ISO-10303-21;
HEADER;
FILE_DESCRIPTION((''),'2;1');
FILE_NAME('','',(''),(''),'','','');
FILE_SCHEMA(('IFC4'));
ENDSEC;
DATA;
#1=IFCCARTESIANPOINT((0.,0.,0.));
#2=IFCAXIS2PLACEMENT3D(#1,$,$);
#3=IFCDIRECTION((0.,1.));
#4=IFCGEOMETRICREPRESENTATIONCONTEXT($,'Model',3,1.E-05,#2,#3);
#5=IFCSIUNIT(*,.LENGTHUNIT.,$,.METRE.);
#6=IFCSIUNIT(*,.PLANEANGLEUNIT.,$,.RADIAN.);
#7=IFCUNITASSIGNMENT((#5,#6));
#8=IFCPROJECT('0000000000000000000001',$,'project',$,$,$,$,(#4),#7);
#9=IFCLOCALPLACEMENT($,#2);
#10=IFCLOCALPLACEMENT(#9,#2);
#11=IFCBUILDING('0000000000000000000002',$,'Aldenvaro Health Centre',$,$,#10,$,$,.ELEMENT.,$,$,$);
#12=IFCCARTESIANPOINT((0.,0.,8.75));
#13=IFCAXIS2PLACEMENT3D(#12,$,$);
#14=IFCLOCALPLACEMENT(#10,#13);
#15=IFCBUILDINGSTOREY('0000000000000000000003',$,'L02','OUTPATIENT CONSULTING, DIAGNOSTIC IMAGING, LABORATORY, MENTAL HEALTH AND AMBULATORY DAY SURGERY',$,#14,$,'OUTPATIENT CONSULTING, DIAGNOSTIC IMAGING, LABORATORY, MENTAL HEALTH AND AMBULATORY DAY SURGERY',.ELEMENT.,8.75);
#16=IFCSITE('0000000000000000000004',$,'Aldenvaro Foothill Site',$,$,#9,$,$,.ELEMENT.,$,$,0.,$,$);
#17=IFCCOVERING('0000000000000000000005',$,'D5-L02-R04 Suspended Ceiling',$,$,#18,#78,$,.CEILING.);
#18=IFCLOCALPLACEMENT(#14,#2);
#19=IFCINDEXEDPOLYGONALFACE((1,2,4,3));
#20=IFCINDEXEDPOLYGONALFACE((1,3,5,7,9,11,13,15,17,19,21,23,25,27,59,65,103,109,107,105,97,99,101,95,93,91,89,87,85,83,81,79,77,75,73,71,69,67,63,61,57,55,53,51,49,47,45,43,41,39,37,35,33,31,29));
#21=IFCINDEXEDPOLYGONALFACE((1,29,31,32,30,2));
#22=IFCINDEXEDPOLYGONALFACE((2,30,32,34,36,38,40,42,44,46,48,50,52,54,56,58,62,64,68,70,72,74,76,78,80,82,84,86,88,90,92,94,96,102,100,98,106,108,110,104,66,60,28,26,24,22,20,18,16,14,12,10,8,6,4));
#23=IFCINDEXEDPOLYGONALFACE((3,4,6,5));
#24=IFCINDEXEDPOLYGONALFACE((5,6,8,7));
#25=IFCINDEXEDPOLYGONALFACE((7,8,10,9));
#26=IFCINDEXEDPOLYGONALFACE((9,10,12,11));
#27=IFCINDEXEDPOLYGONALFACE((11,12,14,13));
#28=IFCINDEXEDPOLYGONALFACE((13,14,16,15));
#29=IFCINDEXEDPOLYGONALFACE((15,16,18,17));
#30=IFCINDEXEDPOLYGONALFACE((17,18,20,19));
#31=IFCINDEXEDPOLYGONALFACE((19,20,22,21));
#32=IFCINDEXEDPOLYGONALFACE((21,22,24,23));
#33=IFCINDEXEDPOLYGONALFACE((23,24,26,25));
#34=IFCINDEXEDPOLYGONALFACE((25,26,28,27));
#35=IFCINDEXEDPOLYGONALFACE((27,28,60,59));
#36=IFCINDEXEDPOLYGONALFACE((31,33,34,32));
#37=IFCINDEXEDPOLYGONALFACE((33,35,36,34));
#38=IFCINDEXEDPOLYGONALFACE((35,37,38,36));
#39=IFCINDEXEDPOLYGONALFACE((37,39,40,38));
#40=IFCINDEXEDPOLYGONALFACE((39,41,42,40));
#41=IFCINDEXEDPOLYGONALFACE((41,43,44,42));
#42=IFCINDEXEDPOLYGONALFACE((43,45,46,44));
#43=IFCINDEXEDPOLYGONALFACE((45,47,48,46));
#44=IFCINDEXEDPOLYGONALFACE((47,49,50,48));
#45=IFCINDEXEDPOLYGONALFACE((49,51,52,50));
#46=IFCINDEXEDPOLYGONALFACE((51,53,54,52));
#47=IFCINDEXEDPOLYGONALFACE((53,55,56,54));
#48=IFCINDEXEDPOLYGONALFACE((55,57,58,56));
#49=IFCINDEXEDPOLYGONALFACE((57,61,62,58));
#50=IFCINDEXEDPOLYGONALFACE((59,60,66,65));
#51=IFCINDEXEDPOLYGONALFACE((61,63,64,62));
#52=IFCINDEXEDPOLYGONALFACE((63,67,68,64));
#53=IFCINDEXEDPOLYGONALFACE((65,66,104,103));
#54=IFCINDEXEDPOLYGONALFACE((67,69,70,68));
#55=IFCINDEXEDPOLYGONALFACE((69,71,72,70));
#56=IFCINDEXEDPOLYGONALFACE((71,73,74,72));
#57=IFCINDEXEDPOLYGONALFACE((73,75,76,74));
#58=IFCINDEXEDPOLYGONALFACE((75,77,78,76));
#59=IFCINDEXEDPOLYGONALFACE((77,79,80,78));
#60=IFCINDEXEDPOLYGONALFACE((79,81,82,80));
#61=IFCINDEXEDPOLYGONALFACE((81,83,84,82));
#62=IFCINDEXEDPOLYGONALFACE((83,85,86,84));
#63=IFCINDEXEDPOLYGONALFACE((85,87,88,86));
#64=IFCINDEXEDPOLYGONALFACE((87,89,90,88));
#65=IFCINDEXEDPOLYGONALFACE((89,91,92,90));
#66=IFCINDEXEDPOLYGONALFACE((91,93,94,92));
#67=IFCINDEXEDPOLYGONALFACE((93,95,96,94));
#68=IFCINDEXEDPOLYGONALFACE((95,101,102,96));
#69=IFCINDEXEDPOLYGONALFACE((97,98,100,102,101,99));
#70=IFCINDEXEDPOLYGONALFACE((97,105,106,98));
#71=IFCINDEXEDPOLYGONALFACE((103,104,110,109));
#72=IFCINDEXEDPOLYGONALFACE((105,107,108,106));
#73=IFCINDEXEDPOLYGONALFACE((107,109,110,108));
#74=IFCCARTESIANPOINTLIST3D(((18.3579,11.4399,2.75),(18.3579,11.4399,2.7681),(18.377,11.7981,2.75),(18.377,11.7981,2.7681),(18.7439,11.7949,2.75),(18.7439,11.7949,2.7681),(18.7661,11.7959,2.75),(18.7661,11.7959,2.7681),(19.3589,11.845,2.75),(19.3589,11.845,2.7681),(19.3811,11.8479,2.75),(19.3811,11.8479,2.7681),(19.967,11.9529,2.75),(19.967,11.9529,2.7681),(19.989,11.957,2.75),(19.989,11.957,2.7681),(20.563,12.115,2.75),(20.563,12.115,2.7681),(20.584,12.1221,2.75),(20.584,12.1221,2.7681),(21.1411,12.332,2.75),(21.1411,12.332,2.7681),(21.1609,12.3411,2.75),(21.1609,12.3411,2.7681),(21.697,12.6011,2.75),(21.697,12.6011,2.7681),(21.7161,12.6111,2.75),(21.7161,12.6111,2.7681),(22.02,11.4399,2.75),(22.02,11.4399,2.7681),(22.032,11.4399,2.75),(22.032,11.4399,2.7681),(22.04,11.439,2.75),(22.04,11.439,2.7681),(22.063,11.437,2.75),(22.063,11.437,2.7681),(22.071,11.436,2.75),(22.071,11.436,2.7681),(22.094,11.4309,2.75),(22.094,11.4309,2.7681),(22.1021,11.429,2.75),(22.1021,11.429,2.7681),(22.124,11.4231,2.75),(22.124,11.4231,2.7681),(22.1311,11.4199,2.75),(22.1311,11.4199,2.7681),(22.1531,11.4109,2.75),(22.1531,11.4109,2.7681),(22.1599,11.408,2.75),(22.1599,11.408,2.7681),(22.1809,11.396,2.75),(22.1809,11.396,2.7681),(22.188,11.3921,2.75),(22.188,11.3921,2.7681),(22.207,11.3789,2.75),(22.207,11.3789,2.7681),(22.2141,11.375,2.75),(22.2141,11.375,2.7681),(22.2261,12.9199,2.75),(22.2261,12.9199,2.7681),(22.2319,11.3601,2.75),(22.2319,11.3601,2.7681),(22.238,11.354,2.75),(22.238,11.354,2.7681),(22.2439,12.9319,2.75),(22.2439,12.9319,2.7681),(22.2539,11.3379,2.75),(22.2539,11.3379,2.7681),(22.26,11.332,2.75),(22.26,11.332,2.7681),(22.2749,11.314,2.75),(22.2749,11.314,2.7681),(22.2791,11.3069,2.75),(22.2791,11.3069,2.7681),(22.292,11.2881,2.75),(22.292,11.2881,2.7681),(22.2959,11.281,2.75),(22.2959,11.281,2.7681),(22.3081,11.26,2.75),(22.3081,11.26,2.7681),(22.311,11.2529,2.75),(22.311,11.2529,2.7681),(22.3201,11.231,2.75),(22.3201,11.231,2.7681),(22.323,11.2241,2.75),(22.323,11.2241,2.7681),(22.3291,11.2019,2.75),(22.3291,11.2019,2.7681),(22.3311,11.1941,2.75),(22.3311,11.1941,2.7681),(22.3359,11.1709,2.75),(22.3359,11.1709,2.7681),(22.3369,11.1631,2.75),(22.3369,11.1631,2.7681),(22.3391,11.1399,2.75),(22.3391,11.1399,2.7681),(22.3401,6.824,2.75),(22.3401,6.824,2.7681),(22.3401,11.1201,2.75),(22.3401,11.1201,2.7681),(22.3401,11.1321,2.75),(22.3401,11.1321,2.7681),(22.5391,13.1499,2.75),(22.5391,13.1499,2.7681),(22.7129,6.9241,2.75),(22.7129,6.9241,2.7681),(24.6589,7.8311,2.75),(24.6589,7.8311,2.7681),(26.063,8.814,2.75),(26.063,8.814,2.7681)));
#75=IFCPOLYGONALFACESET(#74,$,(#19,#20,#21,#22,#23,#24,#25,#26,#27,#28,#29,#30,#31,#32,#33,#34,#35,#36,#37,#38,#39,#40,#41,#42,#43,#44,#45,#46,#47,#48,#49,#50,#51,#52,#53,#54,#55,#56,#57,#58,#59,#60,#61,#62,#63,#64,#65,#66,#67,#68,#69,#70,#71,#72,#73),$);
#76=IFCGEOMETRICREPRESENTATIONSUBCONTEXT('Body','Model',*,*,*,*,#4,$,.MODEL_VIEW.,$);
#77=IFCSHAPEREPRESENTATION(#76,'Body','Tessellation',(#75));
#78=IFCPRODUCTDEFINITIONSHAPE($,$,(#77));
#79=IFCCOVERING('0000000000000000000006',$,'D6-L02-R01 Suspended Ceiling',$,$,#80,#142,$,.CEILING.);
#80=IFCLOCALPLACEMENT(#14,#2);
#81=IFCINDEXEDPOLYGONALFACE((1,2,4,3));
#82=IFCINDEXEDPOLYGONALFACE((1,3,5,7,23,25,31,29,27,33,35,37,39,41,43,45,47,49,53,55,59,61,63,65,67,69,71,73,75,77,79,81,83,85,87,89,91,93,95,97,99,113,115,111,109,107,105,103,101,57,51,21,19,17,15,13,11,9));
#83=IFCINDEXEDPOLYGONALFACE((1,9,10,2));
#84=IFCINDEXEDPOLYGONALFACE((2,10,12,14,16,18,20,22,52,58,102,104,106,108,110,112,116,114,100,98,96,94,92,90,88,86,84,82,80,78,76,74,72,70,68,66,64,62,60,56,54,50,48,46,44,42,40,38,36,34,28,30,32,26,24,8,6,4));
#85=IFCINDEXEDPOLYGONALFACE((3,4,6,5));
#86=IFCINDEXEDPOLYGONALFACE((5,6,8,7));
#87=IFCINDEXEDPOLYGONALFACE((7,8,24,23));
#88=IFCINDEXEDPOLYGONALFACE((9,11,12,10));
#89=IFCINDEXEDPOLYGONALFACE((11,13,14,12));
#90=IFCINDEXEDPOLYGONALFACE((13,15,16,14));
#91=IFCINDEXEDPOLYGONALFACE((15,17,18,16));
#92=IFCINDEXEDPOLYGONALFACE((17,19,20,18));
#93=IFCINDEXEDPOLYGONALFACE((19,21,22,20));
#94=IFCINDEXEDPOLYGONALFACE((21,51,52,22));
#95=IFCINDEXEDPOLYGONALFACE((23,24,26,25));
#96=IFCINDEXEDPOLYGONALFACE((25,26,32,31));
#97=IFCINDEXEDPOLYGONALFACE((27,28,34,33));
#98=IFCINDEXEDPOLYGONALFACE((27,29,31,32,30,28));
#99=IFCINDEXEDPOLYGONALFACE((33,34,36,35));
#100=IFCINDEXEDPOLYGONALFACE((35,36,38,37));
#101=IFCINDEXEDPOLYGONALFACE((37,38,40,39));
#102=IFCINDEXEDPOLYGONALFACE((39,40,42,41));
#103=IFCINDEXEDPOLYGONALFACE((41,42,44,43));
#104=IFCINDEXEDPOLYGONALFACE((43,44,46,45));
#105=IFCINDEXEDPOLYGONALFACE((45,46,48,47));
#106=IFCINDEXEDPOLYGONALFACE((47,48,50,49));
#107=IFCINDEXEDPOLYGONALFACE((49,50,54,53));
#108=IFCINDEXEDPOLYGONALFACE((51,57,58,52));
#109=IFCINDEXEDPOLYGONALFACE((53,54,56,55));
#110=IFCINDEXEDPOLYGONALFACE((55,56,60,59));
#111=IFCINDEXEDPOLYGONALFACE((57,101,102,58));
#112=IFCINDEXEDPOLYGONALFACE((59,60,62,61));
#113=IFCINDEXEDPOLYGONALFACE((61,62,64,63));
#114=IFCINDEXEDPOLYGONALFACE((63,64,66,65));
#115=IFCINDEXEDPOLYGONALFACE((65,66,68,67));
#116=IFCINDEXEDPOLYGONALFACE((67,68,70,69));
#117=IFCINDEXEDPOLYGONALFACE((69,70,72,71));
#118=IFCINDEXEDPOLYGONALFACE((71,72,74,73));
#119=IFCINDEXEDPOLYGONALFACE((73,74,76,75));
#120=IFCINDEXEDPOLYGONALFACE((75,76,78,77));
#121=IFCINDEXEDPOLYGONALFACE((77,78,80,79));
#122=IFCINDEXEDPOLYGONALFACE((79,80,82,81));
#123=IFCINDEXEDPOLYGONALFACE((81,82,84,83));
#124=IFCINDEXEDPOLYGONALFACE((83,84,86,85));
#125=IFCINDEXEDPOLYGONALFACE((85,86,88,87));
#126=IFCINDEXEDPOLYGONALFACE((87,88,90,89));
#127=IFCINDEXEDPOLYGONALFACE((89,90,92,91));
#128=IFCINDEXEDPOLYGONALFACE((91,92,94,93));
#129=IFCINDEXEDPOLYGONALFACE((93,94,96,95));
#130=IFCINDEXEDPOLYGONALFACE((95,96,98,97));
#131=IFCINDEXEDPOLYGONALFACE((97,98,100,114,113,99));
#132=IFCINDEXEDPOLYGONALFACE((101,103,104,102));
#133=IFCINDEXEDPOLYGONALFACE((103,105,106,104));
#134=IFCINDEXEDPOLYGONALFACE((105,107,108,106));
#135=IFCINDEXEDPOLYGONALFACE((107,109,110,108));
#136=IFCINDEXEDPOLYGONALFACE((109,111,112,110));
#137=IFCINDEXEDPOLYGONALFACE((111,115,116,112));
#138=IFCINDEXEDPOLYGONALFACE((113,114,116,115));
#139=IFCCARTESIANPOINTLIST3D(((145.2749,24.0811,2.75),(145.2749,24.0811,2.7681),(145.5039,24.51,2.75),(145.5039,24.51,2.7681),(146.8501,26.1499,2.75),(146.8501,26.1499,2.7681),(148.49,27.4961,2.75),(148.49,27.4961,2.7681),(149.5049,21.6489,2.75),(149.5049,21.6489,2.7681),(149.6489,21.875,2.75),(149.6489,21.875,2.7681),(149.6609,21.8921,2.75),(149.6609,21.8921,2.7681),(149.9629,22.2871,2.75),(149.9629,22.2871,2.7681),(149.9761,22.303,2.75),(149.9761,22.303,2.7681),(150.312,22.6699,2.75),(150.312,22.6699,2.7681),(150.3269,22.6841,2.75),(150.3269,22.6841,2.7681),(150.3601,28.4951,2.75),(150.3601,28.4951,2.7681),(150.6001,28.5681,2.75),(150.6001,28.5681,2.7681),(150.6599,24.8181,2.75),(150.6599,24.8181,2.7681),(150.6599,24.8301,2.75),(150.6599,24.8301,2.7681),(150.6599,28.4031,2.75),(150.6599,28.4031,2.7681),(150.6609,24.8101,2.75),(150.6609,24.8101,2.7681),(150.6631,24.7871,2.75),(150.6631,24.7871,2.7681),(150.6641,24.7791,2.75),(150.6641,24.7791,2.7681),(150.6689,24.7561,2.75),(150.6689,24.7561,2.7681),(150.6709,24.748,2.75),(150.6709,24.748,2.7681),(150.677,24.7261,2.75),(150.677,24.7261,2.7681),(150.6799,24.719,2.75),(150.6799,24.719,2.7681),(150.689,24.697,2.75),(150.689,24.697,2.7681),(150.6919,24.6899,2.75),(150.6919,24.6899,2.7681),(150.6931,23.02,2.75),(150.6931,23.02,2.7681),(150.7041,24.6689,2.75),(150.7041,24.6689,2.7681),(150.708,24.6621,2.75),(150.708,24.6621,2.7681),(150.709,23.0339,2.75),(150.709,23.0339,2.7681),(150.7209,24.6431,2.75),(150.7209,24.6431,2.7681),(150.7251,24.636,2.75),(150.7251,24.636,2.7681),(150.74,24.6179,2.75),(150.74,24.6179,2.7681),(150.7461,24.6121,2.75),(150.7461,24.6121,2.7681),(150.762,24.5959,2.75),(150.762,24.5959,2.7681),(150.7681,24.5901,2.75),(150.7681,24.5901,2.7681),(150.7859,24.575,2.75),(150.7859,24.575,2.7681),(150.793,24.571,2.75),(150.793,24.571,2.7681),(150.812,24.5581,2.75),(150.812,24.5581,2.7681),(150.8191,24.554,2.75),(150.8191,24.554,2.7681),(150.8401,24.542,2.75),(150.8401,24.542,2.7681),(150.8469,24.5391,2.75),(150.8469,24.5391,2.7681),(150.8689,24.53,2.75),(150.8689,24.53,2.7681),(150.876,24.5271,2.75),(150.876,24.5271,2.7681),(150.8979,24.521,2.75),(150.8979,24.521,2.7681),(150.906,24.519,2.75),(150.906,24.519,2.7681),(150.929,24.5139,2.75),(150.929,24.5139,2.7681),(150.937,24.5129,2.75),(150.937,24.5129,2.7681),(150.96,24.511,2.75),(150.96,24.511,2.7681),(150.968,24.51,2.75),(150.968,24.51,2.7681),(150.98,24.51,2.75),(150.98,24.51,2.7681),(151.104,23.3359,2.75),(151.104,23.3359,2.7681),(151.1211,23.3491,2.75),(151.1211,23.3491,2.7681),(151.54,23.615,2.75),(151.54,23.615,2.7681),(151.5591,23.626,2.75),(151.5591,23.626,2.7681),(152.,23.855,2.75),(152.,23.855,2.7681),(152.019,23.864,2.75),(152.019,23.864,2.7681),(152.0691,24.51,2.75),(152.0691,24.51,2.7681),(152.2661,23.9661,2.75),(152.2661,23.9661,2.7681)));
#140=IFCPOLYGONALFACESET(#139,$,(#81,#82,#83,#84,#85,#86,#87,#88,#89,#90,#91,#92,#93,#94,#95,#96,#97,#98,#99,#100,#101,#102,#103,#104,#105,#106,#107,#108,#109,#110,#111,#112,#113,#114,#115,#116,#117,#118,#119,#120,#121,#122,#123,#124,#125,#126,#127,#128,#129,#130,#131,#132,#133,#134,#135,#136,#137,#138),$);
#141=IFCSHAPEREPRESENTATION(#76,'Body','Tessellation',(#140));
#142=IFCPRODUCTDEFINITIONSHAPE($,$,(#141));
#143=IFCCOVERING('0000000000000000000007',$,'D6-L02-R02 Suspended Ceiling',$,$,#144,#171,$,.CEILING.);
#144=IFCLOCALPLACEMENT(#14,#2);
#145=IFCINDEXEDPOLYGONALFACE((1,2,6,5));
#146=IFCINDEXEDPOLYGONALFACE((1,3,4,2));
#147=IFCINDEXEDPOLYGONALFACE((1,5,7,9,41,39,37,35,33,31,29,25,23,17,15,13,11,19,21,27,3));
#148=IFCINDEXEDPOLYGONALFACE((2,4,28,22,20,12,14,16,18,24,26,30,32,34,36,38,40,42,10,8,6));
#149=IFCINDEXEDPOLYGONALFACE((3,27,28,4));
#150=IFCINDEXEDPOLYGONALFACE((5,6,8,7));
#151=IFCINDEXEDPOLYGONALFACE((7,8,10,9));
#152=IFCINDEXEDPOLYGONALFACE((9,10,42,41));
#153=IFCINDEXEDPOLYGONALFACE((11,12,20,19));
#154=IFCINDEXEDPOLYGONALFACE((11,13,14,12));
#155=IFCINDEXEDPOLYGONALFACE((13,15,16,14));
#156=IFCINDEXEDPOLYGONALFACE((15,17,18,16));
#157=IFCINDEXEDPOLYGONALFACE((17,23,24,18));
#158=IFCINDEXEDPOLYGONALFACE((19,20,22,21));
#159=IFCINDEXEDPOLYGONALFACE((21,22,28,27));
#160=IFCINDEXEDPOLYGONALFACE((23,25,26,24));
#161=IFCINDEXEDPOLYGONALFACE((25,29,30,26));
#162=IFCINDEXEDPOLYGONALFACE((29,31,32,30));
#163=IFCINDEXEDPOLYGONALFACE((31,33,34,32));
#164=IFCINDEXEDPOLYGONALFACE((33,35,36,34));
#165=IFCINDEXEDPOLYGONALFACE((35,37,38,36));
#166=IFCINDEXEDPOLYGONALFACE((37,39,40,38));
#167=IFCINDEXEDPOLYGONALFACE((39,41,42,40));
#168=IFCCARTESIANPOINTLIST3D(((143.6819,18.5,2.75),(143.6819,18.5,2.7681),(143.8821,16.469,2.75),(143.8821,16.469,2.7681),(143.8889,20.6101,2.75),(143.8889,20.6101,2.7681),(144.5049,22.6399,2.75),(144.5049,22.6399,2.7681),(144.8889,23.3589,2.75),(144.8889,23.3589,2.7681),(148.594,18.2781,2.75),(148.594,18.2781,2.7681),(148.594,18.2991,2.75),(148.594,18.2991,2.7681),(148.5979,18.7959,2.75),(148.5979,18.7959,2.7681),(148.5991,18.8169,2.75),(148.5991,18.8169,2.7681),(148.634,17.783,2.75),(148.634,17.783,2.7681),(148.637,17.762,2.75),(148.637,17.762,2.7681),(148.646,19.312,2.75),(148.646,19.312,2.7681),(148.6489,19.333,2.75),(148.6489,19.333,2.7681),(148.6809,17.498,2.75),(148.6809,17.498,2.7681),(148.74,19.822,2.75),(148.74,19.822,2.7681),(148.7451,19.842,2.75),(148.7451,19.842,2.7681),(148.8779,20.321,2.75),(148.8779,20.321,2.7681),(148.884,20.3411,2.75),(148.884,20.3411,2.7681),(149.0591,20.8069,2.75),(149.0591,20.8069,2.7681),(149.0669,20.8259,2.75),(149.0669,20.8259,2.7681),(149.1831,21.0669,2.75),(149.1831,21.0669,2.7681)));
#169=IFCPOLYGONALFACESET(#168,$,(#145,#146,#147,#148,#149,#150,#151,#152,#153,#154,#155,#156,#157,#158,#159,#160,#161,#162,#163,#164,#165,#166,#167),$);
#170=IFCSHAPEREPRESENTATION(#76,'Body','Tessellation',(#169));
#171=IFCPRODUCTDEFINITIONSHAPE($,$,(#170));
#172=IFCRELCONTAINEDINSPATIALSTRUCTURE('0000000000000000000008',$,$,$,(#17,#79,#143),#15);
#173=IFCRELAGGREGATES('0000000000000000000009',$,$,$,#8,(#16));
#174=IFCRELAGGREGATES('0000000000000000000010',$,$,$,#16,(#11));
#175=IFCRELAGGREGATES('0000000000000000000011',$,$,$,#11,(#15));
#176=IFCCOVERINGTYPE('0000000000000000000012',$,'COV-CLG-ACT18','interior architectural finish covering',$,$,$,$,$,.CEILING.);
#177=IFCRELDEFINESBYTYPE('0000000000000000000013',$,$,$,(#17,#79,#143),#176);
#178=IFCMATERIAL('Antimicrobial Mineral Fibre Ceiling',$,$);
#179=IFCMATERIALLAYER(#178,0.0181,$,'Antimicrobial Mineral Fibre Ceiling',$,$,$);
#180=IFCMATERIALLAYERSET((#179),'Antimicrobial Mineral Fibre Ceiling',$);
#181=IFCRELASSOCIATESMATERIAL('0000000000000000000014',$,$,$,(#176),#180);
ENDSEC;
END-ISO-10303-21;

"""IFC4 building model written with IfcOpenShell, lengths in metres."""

from ifc_helpers import new_model, si_unit, direction, frame, origin, place, context, subcontext, project, spatial, polyline, outline, extrude, material, layer, layer_set, type_object, element, save


model = new_model("IFC4")

# Units and contexts
model_context = context("Model", 3, precision=1e-05, world=origin(), true_north=direction((0.0, 1.0)))
body_context = subcontext(model_context, "Body", "Model", "MODEL_VIEW")
ifc_project = project(units=[si_unit("LENGTHUNIT", "METRE"), si_unit("PLANEANGLEUNIT", "RADIAN")], contexts=[model_context])

# Site, building, storey
site_placement = place(None, origin())
site = spatial("IfcSite", under=ifc_project, at=site_placement, Name="Aldenvaro Foothill Site", CompositionType="ELEMENT", RefElevation=0.0)
building_placement = place(site_placement, origin())
building = spatial("IfcBuilding", under=site, at=building_placement, Name="Aldenvaro Health Centre", CompositionType="ELEMENT")
storey_placement = place(building_placement, frame((0.0, 0.0, 8.75)))
storey = spatial("IfcBuildingStorey", under=building, at=storey_placement, Name="L02", Description="OUTPATIENT CONSULTING, DIAGNOSTIC IMAGING, LABORATORY, MENTAL HEALTH AND AMBULATORY DAY SURGERY", LongName="OUTPATIENT CONSULTING, DIAGNOSTIC IMAGING, LABORATORY, MENTAL HEALTH AND AMBULATORY DAY SURGERY", CompositionType="ELEMENT", Elevation=8.75)

# Coverings
ifc_material_1 = material(Name="Antimicrobial Mineral Fibre Ceiling")
ifc_layer_1 = layer(ifc_material_1, 0.0181, Name="Antimicrobial Mineral Fibre Ceiling")
ifc_layer_set_1 = layer_set([ifc_layer_1], Name="Antimicrobial Mineral Fibre Ceiling")
covering_type_1 = type_object("IfcCoveringType", Name="COV-CLG-ACT18", Description="interior architectural finish covering", PredefinedType="CEILING", material=ifc_layer_set_1)
covering_1_placement = place(storey_placement, frame((0.0, 0.0, 2.75)))
element("IfcCovering", 1, at=covering_1_placement, inside=storey, type_object=covering_type_1, Name="D5-L02-R04 Suspended Ceiling", PredefinedType="CEILING", context=body_context, shape_type="SweptSolid", body=[
    extrude(outline(polyline([(18.7439, 11.7949), (18.7661, 11.7959), (19.3589, 11.845), (19.3811, 11.8479), (19.967, 11.9529), (19.989, 11.957), (20.563, 12.115), (20.584, 12.1221), (21.1411, 12.332), (21.1609, 12.3411), (21.697, 12.6011), (21.7161, 12.6111), (22.2261, 12.9199), (22.2439, 12.9319), (22.5391, 13.1499), (26.063, 8.814), (24.6589, 7.8311), (22.7129, 6.9241), (22.3401, 6.824), (22.3401, 11.1201), (22.3401, 11.1321), (22.3391, 11.1399), (22.3369, 11.1631), (22.3359, 11.1709), (22.3311, 11.1941), (22.3291, 11.2019), (22.323, 11.2241), (22.3201, 11.231), (22.311, 11.2529), (22.3081, 11.26), (22.2959, 11.281), (22.292, 11.2881), (22.2791, 11.3069), (22.2749, 11.314), (22.26, 11.332), (22.2539, 11.3379), (22.238, 11.354), (22.2319, 11.3601), (22.2141, 11.375), (22.207, 11.3789), (22.188, 11.3921), (22.1809, 11.396), (22.1599, 11.408), (22.1531, 11.4109), (22.1311, 11.4199), (22.124, 11.4231), (22.1021, 11.429), (22.094, 11.4309), (22.071, 11.436), (22.063, 11.437), (22.04, 11.439), (22.032, 11.4399), (22.02, 11.4399), (18.3579, 11.4399), (18.377, 11.7981), (18.7439, 11.7949)])), origin(), (0.0, 0.0, 1.0), 0.0181),
])
covering_2_placement = place(storey_placement, frame((0.0, 0.0, 2.75)))
element("IfcCovering", 2, at=covering_2_placement, inside=storey, type_object=covering_type_1, Name="D6-L02-R01 Suspended Ceiling", PredefinedType="CEILING", context=body_context, shape_type="SweptSolid", body=[
    extrude(outline(polyline([(152.019, 23.864), (152.0, 23.855), (151.5591, 23.626), (151.54, 23.615), (151.1211, 23.3491), (151.104, 23.3359), (150.709, 23.0339), (150.6931, 23.02), (150.3269, 22.6841), (150.312, 22.6699), (149.9761, 22.303), (149.9629, 22.2871), (149.6609, 21.8921), (149.6489, 21.875), (149.5049, 21.6489), (145.2749, 24.0811), (145.5039, 24.51), (146.8501, 26.1499), (148.49, 27.4961), (150.3601, 28.4951), (150.6001, 28.5681), (150.6599, 28.4031), (150.6599, 24.8301), (150.6599, 24.8181), (150.6609, 24.8101), (150.6631, 24.7871), (150.6641, 24.7791), (150.6689, 24.7561), (150.6709, 24.748), (150.677, 24.7261), (150.6799, 24.719), (150.689, 24.697), (150.6919, 24.6899), (150.7041, 24.6689), (150.708, 24.6621), (150.7209, 24.6431), (150.7251, 24.636), (150.74, 24.6179), (150.7461, 24.6121), (150.762, 24.5959), (150.7681, 24.5901), (150.7859, 24.575), (150.793, 24.571), (150.812, 24.5581), (150.8191, 24.554), (150.8401, 24.542), (150.8469, 24.5391), (150.8689, 24.53), (150.876, 24.5271), (150.8979, 24.521), (150.906, 24.519), (150.929, 24.5139), (150.937, 24.5129), (150.96, 24.511), (150.968, 24.51), (150.98, 24.51), (152.0691, 24.51), (152.2661, 23.9661), (152.019, 23.864)])), origin(), (0.0, 0.0, 1.0), 0.0181),
])
covering_3_placement = place(storey_placement, frame((0.0, 0.0, 2.75)))
element("IfcCovering", 3, at=covering_3_placement, inside=storey, type_object=covering_type_1, Name="D6-L02-R02 Suspended Ceiling", PredefinedType="CEILING", context=body_context, shape_type="SweptSolid", body=[
    extrude(outline(polyline([(143.8821, 16.469), (143.6819, 18.5), (143.8889, 20.6101), (144.5049, 22.6399), (144.8889, 23.3589), (149.1831, 21.0669), (149.0669, 20.8259), (149.0591, 20.8069), (148.884, 20.3411), (148.8779, 20.321), (148.7451, 19.842), (148.74, 19.822), (148.6489, 19.333), (148.646, 19.312), (148.5991, 18.8169), (148.5979, 18.7959), (148.594, 18.2991), (148.594, 18.2781), (148.634, 17.783), (148.637, 17.762), (148.6809, 17.498), (143.8821, 16.469)])), origin(), (0.0, 0.0, 1.0), 0.0181),
])

save(model, "model.ifc")
